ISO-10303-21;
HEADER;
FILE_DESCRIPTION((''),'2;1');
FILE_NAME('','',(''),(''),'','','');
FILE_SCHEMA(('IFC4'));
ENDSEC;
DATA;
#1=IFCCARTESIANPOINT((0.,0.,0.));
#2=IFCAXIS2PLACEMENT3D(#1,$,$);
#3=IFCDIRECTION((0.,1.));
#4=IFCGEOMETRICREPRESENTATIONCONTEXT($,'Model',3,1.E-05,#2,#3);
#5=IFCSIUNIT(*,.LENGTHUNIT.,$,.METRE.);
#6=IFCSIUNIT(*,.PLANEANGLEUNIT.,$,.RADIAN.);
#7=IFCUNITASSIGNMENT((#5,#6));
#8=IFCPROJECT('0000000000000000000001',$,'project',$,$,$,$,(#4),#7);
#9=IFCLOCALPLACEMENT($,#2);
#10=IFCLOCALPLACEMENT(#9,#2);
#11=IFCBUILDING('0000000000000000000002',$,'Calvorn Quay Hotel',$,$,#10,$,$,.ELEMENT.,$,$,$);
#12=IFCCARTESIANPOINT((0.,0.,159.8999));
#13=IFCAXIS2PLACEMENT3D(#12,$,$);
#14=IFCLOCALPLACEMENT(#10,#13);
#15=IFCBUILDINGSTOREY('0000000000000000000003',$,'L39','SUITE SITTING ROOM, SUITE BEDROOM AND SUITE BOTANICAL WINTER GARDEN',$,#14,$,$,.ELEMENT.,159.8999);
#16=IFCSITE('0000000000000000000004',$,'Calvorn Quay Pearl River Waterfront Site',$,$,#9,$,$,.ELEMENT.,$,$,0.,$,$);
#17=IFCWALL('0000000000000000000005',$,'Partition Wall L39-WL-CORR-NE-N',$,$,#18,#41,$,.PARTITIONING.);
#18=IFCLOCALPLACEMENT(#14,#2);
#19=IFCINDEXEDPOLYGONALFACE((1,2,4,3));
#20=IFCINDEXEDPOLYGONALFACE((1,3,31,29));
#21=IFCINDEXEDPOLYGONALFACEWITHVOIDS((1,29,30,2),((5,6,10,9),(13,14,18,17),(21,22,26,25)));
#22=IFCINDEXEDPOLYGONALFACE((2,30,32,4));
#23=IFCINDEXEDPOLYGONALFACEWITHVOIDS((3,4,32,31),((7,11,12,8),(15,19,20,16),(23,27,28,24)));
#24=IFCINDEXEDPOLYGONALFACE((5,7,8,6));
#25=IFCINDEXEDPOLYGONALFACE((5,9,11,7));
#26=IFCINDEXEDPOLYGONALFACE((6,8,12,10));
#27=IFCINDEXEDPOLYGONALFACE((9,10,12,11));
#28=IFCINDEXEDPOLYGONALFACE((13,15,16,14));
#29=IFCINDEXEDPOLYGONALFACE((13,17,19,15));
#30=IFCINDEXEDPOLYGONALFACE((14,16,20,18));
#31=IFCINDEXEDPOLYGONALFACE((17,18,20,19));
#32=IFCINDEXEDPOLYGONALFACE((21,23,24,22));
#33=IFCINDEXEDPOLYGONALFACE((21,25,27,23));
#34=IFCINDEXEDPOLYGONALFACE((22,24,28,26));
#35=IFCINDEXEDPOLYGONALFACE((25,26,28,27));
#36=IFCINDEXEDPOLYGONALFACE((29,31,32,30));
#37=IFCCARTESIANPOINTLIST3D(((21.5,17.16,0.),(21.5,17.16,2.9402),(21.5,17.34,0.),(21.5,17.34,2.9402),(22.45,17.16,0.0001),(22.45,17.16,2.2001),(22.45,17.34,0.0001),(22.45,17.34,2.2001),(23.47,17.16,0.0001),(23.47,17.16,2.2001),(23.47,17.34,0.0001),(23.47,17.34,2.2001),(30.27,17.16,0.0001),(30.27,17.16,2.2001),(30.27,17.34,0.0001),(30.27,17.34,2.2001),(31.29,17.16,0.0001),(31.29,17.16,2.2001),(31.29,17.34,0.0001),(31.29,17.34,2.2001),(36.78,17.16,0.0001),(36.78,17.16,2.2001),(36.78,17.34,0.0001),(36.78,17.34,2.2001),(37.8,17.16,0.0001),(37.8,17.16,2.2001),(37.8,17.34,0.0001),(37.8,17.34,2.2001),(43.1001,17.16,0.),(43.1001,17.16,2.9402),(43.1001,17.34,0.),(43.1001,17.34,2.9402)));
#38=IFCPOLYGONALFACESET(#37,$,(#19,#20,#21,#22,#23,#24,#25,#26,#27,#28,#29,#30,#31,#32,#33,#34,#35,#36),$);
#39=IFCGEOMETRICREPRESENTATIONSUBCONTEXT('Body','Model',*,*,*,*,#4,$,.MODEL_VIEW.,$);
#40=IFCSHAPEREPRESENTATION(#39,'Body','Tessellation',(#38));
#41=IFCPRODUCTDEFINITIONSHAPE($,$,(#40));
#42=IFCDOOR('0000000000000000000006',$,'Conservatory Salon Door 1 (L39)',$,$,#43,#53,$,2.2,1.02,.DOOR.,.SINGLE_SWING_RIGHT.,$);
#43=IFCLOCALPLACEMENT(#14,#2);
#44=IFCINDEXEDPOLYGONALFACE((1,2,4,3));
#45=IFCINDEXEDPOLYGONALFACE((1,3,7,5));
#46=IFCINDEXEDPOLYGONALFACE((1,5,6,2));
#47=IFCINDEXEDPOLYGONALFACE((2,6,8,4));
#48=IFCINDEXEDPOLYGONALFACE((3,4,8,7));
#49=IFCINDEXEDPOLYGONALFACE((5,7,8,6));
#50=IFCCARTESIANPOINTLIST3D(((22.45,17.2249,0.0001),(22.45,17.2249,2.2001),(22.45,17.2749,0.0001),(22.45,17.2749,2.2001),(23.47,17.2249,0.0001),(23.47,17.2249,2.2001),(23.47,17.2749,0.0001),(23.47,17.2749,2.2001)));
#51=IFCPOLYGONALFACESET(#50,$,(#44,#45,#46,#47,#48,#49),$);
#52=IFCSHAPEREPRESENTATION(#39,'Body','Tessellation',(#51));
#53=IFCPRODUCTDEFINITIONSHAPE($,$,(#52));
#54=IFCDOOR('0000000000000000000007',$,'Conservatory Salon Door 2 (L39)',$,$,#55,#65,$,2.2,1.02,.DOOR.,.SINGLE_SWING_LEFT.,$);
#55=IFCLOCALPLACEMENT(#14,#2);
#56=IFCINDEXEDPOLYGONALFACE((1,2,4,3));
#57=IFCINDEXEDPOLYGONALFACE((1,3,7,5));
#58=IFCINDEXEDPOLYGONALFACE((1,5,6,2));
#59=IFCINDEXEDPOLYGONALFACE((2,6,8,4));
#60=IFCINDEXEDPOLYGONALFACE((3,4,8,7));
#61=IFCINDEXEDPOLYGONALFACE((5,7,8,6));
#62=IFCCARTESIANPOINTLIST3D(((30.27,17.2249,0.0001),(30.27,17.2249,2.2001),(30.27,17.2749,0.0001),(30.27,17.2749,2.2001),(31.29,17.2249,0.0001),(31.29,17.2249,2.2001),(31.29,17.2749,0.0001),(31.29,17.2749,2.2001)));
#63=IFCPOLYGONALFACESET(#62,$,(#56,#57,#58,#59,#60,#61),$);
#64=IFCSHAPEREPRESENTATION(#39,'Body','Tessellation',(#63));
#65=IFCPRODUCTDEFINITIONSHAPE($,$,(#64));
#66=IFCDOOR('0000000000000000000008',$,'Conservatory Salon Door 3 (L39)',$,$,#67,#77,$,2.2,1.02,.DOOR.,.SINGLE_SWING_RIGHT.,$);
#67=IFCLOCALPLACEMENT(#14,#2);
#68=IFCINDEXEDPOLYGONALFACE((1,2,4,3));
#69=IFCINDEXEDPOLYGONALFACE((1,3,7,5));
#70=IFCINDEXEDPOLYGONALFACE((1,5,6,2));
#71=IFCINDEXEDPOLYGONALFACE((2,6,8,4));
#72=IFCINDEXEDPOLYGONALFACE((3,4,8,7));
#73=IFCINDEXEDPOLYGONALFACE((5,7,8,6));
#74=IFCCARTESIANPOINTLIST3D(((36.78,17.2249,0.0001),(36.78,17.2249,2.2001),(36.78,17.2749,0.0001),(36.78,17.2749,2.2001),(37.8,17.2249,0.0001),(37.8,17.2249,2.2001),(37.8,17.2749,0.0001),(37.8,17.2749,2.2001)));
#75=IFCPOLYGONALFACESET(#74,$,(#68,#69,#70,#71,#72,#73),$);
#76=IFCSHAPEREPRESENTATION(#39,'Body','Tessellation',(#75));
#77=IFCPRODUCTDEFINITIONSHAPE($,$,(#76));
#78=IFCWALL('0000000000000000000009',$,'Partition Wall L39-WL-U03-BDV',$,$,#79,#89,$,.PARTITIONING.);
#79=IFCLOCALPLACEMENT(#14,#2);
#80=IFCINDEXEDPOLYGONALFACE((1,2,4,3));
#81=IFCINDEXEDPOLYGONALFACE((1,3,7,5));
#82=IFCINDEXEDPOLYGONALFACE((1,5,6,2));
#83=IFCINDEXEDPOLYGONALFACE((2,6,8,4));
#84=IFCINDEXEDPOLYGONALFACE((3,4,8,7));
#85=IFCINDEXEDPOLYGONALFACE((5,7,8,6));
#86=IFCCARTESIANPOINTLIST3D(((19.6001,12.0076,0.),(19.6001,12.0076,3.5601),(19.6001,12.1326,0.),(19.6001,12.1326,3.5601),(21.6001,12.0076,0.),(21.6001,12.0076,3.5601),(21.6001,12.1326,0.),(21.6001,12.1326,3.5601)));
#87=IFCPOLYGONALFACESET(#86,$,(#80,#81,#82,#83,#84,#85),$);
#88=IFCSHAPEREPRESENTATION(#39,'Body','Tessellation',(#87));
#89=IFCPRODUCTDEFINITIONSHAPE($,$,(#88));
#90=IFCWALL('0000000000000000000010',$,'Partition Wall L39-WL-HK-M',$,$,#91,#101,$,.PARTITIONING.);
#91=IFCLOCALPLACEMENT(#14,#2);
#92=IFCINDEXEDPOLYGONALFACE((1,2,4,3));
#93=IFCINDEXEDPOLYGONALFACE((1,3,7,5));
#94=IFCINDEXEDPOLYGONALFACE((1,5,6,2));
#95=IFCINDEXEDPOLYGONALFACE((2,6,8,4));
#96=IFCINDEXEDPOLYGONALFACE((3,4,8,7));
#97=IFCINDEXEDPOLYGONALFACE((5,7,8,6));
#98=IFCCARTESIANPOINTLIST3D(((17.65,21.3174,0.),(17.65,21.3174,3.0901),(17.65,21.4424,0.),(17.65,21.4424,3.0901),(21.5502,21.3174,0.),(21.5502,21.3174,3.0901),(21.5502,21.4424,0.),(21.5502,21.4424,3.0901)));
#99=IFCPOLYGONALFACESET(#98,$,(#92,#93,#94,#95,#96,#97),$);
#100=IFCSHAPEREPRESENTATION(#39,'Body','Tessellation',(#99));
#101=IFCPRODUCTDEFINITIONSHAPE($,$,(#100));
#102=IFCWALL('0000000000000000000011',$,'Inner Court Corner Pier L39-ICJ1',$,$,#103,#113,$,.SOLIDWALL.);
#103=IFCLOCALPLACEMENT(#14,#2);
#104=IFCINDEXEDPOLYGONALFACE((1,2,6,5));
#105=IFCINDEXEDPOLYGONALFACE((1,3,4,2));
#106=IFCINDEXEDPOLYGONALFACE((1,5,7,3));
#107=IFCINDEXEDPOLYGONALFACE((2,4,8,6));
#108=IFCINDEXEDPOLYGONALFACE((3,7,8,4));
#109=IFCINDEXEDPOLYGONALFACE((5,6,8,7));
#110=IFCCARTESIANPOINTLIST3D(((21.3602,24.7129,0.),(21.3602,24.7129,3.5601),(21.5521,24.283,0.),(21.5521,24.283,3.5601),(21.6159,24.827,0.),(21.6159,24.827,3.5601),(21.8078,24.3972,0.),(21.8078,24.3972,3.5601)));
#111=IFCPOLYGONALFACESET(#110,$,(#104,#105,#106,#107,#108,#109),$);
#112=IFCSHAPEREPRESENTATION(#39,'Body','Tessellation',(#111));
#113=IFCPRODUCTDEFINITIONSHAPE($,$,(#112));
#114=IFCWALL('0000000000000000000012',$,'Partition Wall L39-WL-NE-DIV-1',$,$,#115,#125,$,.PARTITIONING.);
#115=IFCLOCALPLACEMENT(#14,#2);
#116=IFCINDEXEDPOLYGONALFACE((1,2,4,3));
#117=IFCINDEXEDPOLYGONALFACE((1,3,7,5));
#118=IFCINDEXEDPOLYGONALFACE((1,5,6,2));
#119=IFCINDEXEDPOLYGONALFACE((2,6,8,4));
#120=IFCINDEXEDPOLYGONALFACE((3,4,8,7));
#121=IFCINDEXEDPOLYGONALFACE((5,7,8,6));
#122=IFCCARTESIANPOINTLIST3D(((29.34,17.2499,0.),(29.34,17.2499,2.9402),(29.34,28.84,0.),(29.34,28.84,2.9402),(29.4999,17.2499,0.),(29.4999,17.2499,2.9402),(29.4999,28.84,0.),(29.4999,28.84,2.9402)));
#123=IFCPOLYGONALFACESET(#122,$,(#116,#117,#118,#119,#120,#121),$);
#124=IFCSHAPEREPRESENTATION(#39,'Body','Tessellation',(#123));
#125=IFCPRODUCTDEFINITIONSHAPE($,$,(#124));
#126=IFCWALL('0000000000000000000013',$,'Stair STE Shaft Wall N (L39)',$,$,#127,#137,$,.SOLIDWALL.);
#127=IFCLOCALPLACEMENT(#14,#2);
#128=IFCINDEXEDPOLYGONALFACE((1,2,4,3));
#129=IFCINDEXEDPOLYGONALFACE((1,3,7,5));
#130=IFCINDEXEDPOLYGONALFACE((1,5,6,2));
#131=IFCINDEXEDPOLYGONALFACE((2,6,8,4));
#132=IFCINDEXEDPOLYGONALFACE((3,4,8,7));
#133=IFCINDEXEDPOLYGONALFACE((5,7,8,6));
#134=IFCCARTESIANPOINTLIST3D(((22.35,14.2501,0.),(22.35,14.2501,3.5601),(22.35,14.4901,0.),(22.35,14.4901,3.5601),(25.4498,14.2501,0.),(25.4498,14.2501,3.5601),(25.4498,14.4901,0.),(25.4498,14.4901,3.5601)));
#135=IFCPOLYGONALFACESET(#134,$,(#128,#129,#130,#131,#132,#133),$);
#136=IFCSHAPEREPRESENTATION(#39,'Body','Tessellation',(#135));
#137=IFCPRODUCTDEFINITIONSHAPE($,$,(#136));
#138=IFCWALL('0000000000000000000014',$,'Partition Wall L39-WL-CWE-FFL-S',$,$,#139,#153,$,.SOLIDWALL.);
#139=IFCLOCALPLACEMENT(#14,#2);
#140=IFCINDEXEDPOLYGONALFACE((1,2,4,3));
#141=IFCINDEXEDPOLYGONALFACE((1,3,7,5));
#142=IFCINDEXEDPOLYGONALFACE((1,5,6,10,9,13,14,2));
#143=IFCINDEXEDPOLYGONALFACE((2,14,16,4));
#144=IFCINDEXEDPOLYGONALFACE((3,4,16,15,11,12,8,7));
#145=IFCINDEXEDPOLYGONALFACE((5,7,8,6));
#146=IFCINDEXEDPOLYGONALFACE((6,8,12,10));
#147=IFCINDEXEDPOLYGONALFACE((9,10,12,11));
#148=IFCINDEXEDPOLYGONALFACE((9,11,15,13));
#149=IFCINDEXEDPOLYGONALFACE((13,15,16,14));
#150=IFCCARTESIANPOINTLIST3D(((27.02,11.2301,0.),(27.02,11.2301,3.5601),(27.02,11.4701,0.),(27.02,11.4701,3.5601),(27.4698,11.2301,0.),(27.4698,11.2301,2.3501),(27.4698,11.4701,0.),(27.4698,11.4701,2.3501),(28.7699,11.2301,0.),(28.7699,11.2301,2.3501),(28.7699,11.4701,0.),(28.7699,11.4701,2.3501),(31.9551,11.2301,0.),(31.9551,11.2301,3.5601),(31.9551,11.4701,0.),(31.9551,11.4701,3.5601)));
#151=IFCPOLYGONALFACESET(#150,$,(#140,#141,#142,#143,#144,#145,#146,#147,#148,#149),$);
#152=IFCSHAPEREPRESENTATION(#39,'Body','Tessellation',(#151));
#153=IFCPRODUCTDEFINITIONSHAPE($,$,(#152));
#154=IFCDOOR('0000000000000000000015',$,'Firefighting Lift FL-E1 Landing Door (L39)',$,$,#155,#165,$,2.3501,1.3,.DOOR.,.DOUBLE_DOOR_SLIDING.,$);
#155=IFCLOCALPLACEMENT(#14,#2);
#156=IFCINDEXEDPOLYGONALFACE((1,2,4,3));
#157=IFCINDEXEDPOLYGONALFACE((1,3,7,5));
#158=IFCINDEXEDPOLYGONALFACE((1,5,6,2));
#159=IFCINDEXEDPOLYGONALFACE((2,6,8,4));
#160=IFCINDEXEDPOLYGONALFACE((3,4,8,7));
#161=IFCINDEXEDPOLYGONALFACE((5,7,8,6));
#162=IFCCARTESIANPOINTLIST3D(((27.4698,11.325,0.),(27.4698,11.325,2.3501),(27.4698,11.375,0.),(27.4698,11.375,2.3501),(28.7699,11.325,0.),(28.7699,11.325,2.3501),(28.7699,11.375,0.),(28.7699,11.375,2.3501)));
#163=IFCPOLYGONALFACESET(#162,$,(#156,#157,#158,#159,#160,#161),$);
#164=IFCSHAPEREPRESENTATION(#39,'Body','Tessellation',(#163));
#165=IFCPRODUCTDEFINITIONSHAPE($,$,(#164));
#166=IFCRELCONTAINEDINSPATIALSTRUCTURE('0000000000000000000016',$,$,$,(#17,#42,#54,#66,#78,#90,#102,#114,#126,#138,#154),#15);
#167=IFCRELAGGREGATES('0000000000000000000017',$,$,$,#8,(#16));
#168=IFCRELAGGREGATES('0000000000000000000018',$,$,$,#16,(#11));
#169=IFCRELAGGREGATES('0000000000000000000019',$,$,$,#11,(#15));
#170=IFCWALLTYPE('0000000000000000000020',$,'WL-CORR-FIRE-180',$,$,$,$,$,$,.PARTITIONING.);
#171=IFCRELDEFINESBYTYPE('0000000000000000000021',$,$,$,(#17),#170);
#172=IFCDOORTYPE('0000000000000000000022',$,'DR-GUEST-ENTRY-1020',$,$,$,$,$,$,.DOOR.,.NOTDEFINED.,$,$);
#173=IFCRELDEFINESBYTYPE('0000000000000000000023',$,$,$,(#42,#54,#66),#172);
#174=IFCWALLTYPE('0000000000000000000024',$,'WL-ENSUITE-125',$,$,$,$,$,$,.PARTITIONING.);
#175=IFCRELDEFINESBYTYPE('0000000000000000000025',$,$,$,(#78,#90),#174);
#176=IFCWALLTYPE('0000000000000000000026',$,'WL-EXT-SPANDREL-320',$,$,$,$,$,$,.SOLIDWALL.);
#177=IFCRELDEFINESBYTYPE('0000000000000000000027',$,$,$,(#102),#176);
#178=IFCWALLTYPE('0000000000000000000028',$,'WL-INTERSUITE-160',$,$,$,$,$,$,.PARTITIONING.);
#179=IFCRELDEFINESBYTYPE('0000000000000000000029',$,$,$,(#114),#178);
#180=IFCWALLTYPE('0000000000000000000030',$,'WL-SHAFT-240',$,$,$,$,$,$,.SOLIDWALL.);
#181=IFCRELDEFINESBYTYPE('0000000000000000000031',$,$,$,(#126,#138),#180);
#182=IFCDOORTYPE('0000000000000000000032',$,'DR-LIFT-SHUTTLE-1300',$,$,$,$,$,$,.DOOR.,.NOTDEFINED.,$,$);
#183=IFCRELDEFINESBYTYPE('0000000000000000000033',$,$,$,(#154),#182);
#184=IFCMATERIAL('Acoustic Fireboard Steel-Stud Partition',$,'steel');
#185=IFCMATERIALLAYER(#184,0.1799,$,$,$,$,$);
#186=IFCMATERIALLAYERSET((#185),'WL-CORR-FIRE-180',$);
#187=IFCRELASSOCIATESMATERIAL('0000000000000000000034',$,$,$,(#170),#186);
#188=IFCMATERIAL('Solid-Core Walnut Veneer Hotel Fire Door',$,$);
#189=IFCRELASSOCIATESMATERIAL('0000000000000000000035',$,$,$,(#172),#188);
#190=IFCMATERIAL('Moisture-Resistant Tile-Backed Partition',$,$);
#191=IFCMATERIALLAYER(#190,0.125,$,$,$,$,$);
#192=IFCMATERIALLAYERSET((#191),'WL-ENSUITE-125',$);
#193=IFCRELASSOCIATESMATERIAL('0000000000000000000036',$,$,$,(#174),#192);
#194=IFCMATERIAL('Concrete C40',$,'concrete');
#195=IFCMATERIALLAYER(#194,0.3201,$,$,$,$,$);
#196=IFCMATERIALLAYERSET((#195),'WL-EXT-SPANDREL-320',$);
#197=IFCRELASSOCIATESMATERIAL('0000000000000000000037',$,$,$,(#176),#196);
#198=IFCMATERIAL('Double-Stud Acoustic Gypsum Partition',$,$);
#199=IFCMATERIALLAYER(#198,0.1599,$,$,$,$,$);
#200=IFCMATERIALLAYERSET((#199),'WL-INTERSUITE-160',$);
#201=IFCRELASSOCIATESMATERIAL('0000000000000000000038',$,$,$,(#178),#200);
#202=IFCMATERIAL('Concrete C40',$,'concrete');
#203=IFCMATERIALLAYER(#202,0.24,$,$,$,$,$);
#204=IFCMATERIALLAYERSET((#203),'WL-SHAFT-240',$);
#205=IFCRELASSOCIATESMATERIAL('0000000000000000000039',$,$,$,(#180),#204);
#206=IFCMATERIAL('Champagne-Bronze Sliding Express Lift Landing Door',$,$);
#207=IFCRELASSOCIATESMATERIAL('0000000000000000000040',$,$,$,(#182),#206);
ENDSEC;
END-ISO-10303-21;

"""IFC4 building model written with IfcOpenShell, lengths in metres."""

from ifc_helpers import new_model, si_unit, direction, frame, frame_2d, origin, place, context, subcontext, project, spatial, rectangle, extrude, material, layer, layer_set, type_object, element, fill, save


model = new_model("IFC4")

# Units and contexts
model_context = context("Model", 3, precision=1e-05, world=origin(), true_north=direction((0.0, 1.0)))
body_context = subcontext(model_context, "Body", "Model", "MODEL_VIEW")
ifc_project = project(units=[si_unit("LENGTHUNIT", "METRE"), si_unit("PLANEANGLEUNIT", "RADIAN")], contexts=[model_context])

# Site, building, storey
site_placement = place(None, origin())
site = spatial("IfcSite", under=ifc_project, at=site_placement, Name="Calvorn Quay Pearl River Waterfront Site", CompositionType="ELEMENT", RefElevation=0.0)
building_placement = place(site_placement, origin())
building = spatial("IfcBuilding", under=site, at=building_placement, Name="Calvorn Quay Hotel", CompositionType="ELEMENT")
storey_placement = place(building_placement, frame((0.0, 0.0, 159.8999)))
storey = spatial("IfcBuildingStorey", under=building, at=storey_placement, Name="L39", Description="SUITE SITTING ROOM, SUITE BEDROOM AND SUITE BOTANICAL WINTER GARDEN", CompositionType="ELEMENT", Elevation=159.8999)

# Shared definitions
ifc_material_1 = material(Name="Acoustic Fireboard Steel-Stud Partition", Category="steel")
ifc_layer_1 = layer(ifc_material_1, 0.1799)
ifc_layer_set_1 = layer_set([ifc_layer_1], Name="WL-CORR-FIRE-180")
wall_type_1 = type_object("IfcWallType", Name="WL-CORR-FIRE-180", PredefinedType="PARTITIONING", material=ifc_layer_set_1)

# Wall, openings, doors
wall_1_placement = place(storey_placement, frame((21.5, 17.25, 0.0), z_axis=(0.0, 0.0, 1.0), x_axis=(1.0, 0.0, 0.0)))
wall_1 = element("IfcWall", 1, at=wall_1_placement, inside=storey, type_object=wall_type_1, Name="Partition Wall L39-WL-CORR-NE-N", PredefinedType="PARTITIONING", context=body_context, shape_type="SweptSolid", body=[
    extrude(rectangle(XDim=21.6001, YDim=0.1799, at=frame_2d((10.8, 0.0))), origin(), (0.0, 0.0, 1.0), 2.9402),
])
opening_1_placement = place(wall_1_placement, frame((0.95, 0.0, 0.0)))
opening_1 = element("IfcOpeningElement", 2, at=opening_1_placement, cuts=wall_1, PredefinedType="OPENING", context=body_context, shape_type="SweptSolid", body=[
    extrude(rectangle(XDim=1.02, YDim=2.2, at=frame_2d((0.51, 1.1001))), frame((0.0, 0.0999, 0.0), z_axis=(0.0, -1.0, 0.0), x_axis=(1.0, 0.0, 0.0)), (0.0, 0.0, 1.0), 0.2),
])
opening_2_placement = place(wall_1_placement, frame((8.77, 0.0, 0.0)))
opening_2 = element("IfcOpeningElement", 3, at=opening_2_placement, cuts=wall_1, PredefinedType="OPENING", context=body_context, shape_type="SweptSolid", body=[
    extrude(rectangle(XDim=1.02, YDim=2.2, at=frame_2d((0.51, 1.1001))), frame((0.0, 0.0999, 0.0), z_axis=(0.0, -1.0, 0.0), x_axis=(1.0, 0.0, 0.0)), (0.0, 0.0, 1.0), 0.2),
])
opening_3_placement = place(wall_1_placement, frame((15.28, 0.0, 0.0)))
opening_3 = element("IfcOpeningElement", 4, at=opening_3_placement, cuts=wall_1, PredefinedType="OPENING", context=body_context, shape_type="SweptSolid", body=[
    extrude(rectangle(XDim=1.02, YDim=2.2, at=frame_2d((0.51, 1.1001))), frame((0.0, 0.0999, 0.0), z_axis=(0.0, -1.0, 0.0), x_axis=(1.0, 0.0, 0.0)), (0.0, 0.0, 1.0), 0.2),
])
ifc_material_2 = material(Name="Solid-Core Walnut Veneer Hotel Fire Door")
door_type_1 = type_object("IfcDoorType", Name="DR-GUEST-ENTRY-1020", OperationType="NOTDEFINED", PredefinedType="DOOR", material=ifc_material_2)
door_1_placement = place(opening_1_placement, origin())
door_1 = element("IfcDoor", 5, at=door_1_placement, inside=storey, type_object=door_type_1, Name="Conservatory Salon Door 1 (L39)", OperationType="SINGLE_SWING_RIGHT", OverallHeight=2.2, OverallWidth=1.02, PredefinedType="DOOR", context=body_context, shape_type="SweptSolid", body=[
    extrude(rectangle(XDim=1.02, YDim=2.2, at=frame_2d((0.51, 1.1001))), frame((0.0, 0.0249, 0.0), z_axis=(0.0, -1.0, 0.0), x_axis=(1.0, 0.0, 0.0)), (0.0, 0.0, 1.0), 0.05),
])
fill(opening_1, door_1)
door_2_placement = place(opening_2_placement, origin())
door_2 = element("IfcDoor", 6, at=door_2_placement, inside=storey, type_object=door_type_1, Name="Conservatory Salon Door 2 (L39)", OperationType="SINGLE_SWING_LEFT", OverallHeight=2.2, OverallWidth=1.02, PredefinedType="DOOR", context=body_context, shape_type="SweptSolid", body=[
    extrude(rectangle(XDim=1.02, YDim=2.2, at=frame_2d((0.51, 1.1001))), frame((0.0, 0.0249, 0.0), z_axis=(0.0, -1.0, 0.0), x_axis=(1.0, 0.0, 0.0)), (0.0, 0.0, 1.0), 0.05),
])
fill(opening_2, door_2)
door_3_placement = place(opening_3_placement, origin())
door_3 = element("IfcDoor", 7, at=door_3_placement, inside=storey, type_object=door_type_1, Name="Conservatory Salon Door 3 (L39)", OperationType="SINGLE_SWING_RIGHT", OverallHeight=2.2, OverallWidth=1.02, PredefinedType="DOOR", context=body_context, shape_type="SweptSolid", body=[
    extrude(rectangle(XDim=1.02, YDim=2.2, at=frame_2d((0.51, 1.1001))), frame((0.0, 0.0249, 0.0), z_axis=(0.0, -1.0, 0.0), x_axis=(1.0, 0.0, 0.0)), (0.0, 0.0, 1.0), 0.05),
])
fill(opening_3, door_3)

# Walls
ifc_material_3 = material(Name="Moisture-Resistant Tile-Backed Partition")
ifc_layer_2 = layer(ifc_material_3, 0.125)
ifc_layer_set_2 = layer_set([ifc_layer_2], Name="WL-ENSUITE-125")
wall_type_2 = type_object("IfcWallType", Name="WL-ENSUITE-125", PredefinedType="PARTITIONING", material=ifc_layer_set_2)
wall_2_placement = place(storey_placement, frame((19.6001, 12.0701, 0.0), z_axis=(0.0, 0.0, 1.0), x_axis=(1.0, 0.0, 0.0)))
element("IfcWall", 8, at=wall_2_placement, inside=storey, type_object=wall_type_2, Name="Partition Wall L39-WL-U03-BDV", PredefinedType="PARTITIONING", context=body_context, shape_type="SweptSolid", body=[
    extrude(rectangle(XDim=2.0, YDim=0.125, at=frame_2d((1.0, 0.0))), origin(), (0.0, 0.0, 1.0), 3.5601),
])
wall_3_placement = place(storey_placement, frame((17.6499, 21.3799, 0.0), z_axis=(0.0, 0.0, 1.0), x_axis=(1.0, 0.0, 0.0)))
element("IfcWall", 9, at=wall_3_placement, inside=storey, type_object=wall_type_2, Name="Partition Wall L39-WL-HK-M", PredefinedType="PARTITIONING", context=body_context, shape_type="SweptSolid", body=[
    extrude(rectangle(XDim=3.9001, YDim=0.125, at=frame_2d((1.9502, 0.0))), origin(), (0.0, 0.0, 1.0), 3.0901),
])
ifc_material_4 = material(Name="Concrete C40", Category="concrete")
ifc_layer_3 = layer(ifc_material_4, 0.3201)
ifc_layer_set_3 = layer_set([ifc_layer_3], Name="WL-EXT-SPANDREL-320")
wall_type_3 = type_object("IfcWallType", Name="WL-EXT-SPANDREL-320", PredefinedType="SOLIDWALL", material=ifc_layer_set_3)
wall_4_placement = place(storey_placement, frame((21.6799, 24.3401, 0.0), z_axis=(0.0, 0.0, 1.0), x_axis=(-0.407581, 0.913169, 0.0)))
element("IfcWall", 10, at=wall_4_placement, inside=storey, type_object=wall_type_3, Name="Inner Court Corner Pier L39-ICJ1", PredefinedType="SOLIDWALL", context=body_context, shape_type="SweptSolid", body=[
    extrude(rectangle(XDim=0.4707, YDim=0.28, at=frame_2d((0.2354, 0.0))), origin(), (0.0, 0.0, 1.0), 3.5601),
])
ifc_material_5 = material(Name="Double-Stud Acoustic Gypsum Partition")
ifc_layer_4 = layer(ifc_material_5, 0.1599)
ifc_layer_set_4 = layer_set([ifc_layer_4], Name="WL-INTERSUITE-160")
wall_type_4 = type_object("IfcWallType", Name="WL-INTERSUITE-160", PredefinedType="PARTITIONING", material=ifc_layer_set_4)
wall_5_placement = place(storey_placement, frame((29.4199, 17.25, 0.0), z_axis=(0.0, 0.0, 1.0), x_axis=(0.0, 1.0, 0.0)))
element("IfcWall", 11, at=wall_5_placement, inside=storey, type_object=wall_type_4, Name="Partition Wall L39-WL-NE-DIV-1", PredefinedType="PARTITIONING", context=body_context, shape_type="SweptSolid", body=[
    extrude(rectangle(XDim=11.5901, YDim=0.1599, at=frame_2d((5.7949, 0.0))), origin(), (0.0, 0.0, 1.0), 2.9402),
])
ifc_material_6 = material(Name="Concrete C40", Category="concrete")
ifc_layer_5 = layer(ifc_material_6, 0.24)
ifc_layer_set_5 = layer_set([ifc_layer_5], Name="WL-SHAFT-240")
wall_type_5 = type_object("IfcWallType", Name="WL-SHAFT-240", PredefinedType="SOLIDWALL", material=ifc_layer_set_5)
wall_6_placement = place(storey_placement, frame((22.3501, 14.3701, 0.0), z_axis=(0.0, 0.0, 1.0), x_axis=(1.0, 0.0, 0.0)))
element("IfcWall", 12, at=wall_6_placement, inside=storey, type_object=wall_type_5, Name="Stair STE Shaft Wall N (L39)", PredefinedType="SOLIDWALL", context=body_context, shape_type="SweptSolid", body=[
    extrude(rectangle(XDim=3.0999, YDim=0.24, at=frame_2d((1.5498, 0.0))), origin(), (0.0, 0.0, 1.0), 3.5601),
])

# Wall, opening, door
wall_7_placement = place(storey_placement, frame((27.02, 11.3501, 0.0), z_axis=(0.0, 0.0, 1.0), x_axis=(1.0, 0.0, 0.0)))
wall_7 = element("IfcWall", 13, at=wall_7_placement, inside=storey, type_object=wall_type_5, Name="Partition Wall L39-WL-CWE-FFL-S", PredefinedType="SOLIDWALL", context=body_context, shape_type="SweptSolid", body=[
    extrude(rectangle(XDim=4.9351, YDim=0.24, at=frame_2d((2.4675, 0.0))), origin(), (0.0, 0.0, 1.0), 3.5601),
])
opening_4_placement = place(wall_7_placement, frame((0.45, 0.0, 0.0)))
opening_4 = element("IfcOpeningElement", 14, at=opening_4_placement, cuts=wall_7, PredefinedType="OPENING", context=body_context, shape_type="SweptSolid", body=[
    extrude(rectangle(XDim=1.3, YDim=2.3501, at=frame_2d((0.6499, 1.175))), frame((0.0, 0.1299, 0.0), z_axis=(0.0, -1.0, 0.0), x_axis=(1.0, 0.0, 0.0)), (0.0, 0.0, 1.0), 0.26),
])
ifc_material_7 = material(Name="Champagne-Bronze Sliding Express Lift Landing Door")
door_type_2 = type_object("IfcDoorType", Name="DR-LIFT-SHUTTLE-1300", OperationType="NOTDEFINED", PredefinedType="DOOR", material=ifc_material_7)
door_4_placement = place(opening_4_placement, origin())
door_4 = element("IfcDoor", 15, at=door_4_placement, inside=storey, type_object=door_type_2, Name="Firefighting Lift FL-E1 Landing Door (L39)", OperationType="DOUBLE_DOOR_SLIDING", OverallHeight=2.3501, OverallWidth=1.3, PredefinedType="DOOR", context=body_context, shape_type="SweptSolid", body=[
    extrude(rectangle(XDim=1.3, YDim=2.3501, at=frame_2d((0.6499, 1.175))), frame((0.0, 0.0249, 0.0), z_axis=(0.0, -1.0, 0.0), x_axis=(1.0, 0.0, 0.0)), (0.0, 0.0, 1.0), 0.05),
])
fill(opening_4, door_4)

save(model, "model.ifc")
